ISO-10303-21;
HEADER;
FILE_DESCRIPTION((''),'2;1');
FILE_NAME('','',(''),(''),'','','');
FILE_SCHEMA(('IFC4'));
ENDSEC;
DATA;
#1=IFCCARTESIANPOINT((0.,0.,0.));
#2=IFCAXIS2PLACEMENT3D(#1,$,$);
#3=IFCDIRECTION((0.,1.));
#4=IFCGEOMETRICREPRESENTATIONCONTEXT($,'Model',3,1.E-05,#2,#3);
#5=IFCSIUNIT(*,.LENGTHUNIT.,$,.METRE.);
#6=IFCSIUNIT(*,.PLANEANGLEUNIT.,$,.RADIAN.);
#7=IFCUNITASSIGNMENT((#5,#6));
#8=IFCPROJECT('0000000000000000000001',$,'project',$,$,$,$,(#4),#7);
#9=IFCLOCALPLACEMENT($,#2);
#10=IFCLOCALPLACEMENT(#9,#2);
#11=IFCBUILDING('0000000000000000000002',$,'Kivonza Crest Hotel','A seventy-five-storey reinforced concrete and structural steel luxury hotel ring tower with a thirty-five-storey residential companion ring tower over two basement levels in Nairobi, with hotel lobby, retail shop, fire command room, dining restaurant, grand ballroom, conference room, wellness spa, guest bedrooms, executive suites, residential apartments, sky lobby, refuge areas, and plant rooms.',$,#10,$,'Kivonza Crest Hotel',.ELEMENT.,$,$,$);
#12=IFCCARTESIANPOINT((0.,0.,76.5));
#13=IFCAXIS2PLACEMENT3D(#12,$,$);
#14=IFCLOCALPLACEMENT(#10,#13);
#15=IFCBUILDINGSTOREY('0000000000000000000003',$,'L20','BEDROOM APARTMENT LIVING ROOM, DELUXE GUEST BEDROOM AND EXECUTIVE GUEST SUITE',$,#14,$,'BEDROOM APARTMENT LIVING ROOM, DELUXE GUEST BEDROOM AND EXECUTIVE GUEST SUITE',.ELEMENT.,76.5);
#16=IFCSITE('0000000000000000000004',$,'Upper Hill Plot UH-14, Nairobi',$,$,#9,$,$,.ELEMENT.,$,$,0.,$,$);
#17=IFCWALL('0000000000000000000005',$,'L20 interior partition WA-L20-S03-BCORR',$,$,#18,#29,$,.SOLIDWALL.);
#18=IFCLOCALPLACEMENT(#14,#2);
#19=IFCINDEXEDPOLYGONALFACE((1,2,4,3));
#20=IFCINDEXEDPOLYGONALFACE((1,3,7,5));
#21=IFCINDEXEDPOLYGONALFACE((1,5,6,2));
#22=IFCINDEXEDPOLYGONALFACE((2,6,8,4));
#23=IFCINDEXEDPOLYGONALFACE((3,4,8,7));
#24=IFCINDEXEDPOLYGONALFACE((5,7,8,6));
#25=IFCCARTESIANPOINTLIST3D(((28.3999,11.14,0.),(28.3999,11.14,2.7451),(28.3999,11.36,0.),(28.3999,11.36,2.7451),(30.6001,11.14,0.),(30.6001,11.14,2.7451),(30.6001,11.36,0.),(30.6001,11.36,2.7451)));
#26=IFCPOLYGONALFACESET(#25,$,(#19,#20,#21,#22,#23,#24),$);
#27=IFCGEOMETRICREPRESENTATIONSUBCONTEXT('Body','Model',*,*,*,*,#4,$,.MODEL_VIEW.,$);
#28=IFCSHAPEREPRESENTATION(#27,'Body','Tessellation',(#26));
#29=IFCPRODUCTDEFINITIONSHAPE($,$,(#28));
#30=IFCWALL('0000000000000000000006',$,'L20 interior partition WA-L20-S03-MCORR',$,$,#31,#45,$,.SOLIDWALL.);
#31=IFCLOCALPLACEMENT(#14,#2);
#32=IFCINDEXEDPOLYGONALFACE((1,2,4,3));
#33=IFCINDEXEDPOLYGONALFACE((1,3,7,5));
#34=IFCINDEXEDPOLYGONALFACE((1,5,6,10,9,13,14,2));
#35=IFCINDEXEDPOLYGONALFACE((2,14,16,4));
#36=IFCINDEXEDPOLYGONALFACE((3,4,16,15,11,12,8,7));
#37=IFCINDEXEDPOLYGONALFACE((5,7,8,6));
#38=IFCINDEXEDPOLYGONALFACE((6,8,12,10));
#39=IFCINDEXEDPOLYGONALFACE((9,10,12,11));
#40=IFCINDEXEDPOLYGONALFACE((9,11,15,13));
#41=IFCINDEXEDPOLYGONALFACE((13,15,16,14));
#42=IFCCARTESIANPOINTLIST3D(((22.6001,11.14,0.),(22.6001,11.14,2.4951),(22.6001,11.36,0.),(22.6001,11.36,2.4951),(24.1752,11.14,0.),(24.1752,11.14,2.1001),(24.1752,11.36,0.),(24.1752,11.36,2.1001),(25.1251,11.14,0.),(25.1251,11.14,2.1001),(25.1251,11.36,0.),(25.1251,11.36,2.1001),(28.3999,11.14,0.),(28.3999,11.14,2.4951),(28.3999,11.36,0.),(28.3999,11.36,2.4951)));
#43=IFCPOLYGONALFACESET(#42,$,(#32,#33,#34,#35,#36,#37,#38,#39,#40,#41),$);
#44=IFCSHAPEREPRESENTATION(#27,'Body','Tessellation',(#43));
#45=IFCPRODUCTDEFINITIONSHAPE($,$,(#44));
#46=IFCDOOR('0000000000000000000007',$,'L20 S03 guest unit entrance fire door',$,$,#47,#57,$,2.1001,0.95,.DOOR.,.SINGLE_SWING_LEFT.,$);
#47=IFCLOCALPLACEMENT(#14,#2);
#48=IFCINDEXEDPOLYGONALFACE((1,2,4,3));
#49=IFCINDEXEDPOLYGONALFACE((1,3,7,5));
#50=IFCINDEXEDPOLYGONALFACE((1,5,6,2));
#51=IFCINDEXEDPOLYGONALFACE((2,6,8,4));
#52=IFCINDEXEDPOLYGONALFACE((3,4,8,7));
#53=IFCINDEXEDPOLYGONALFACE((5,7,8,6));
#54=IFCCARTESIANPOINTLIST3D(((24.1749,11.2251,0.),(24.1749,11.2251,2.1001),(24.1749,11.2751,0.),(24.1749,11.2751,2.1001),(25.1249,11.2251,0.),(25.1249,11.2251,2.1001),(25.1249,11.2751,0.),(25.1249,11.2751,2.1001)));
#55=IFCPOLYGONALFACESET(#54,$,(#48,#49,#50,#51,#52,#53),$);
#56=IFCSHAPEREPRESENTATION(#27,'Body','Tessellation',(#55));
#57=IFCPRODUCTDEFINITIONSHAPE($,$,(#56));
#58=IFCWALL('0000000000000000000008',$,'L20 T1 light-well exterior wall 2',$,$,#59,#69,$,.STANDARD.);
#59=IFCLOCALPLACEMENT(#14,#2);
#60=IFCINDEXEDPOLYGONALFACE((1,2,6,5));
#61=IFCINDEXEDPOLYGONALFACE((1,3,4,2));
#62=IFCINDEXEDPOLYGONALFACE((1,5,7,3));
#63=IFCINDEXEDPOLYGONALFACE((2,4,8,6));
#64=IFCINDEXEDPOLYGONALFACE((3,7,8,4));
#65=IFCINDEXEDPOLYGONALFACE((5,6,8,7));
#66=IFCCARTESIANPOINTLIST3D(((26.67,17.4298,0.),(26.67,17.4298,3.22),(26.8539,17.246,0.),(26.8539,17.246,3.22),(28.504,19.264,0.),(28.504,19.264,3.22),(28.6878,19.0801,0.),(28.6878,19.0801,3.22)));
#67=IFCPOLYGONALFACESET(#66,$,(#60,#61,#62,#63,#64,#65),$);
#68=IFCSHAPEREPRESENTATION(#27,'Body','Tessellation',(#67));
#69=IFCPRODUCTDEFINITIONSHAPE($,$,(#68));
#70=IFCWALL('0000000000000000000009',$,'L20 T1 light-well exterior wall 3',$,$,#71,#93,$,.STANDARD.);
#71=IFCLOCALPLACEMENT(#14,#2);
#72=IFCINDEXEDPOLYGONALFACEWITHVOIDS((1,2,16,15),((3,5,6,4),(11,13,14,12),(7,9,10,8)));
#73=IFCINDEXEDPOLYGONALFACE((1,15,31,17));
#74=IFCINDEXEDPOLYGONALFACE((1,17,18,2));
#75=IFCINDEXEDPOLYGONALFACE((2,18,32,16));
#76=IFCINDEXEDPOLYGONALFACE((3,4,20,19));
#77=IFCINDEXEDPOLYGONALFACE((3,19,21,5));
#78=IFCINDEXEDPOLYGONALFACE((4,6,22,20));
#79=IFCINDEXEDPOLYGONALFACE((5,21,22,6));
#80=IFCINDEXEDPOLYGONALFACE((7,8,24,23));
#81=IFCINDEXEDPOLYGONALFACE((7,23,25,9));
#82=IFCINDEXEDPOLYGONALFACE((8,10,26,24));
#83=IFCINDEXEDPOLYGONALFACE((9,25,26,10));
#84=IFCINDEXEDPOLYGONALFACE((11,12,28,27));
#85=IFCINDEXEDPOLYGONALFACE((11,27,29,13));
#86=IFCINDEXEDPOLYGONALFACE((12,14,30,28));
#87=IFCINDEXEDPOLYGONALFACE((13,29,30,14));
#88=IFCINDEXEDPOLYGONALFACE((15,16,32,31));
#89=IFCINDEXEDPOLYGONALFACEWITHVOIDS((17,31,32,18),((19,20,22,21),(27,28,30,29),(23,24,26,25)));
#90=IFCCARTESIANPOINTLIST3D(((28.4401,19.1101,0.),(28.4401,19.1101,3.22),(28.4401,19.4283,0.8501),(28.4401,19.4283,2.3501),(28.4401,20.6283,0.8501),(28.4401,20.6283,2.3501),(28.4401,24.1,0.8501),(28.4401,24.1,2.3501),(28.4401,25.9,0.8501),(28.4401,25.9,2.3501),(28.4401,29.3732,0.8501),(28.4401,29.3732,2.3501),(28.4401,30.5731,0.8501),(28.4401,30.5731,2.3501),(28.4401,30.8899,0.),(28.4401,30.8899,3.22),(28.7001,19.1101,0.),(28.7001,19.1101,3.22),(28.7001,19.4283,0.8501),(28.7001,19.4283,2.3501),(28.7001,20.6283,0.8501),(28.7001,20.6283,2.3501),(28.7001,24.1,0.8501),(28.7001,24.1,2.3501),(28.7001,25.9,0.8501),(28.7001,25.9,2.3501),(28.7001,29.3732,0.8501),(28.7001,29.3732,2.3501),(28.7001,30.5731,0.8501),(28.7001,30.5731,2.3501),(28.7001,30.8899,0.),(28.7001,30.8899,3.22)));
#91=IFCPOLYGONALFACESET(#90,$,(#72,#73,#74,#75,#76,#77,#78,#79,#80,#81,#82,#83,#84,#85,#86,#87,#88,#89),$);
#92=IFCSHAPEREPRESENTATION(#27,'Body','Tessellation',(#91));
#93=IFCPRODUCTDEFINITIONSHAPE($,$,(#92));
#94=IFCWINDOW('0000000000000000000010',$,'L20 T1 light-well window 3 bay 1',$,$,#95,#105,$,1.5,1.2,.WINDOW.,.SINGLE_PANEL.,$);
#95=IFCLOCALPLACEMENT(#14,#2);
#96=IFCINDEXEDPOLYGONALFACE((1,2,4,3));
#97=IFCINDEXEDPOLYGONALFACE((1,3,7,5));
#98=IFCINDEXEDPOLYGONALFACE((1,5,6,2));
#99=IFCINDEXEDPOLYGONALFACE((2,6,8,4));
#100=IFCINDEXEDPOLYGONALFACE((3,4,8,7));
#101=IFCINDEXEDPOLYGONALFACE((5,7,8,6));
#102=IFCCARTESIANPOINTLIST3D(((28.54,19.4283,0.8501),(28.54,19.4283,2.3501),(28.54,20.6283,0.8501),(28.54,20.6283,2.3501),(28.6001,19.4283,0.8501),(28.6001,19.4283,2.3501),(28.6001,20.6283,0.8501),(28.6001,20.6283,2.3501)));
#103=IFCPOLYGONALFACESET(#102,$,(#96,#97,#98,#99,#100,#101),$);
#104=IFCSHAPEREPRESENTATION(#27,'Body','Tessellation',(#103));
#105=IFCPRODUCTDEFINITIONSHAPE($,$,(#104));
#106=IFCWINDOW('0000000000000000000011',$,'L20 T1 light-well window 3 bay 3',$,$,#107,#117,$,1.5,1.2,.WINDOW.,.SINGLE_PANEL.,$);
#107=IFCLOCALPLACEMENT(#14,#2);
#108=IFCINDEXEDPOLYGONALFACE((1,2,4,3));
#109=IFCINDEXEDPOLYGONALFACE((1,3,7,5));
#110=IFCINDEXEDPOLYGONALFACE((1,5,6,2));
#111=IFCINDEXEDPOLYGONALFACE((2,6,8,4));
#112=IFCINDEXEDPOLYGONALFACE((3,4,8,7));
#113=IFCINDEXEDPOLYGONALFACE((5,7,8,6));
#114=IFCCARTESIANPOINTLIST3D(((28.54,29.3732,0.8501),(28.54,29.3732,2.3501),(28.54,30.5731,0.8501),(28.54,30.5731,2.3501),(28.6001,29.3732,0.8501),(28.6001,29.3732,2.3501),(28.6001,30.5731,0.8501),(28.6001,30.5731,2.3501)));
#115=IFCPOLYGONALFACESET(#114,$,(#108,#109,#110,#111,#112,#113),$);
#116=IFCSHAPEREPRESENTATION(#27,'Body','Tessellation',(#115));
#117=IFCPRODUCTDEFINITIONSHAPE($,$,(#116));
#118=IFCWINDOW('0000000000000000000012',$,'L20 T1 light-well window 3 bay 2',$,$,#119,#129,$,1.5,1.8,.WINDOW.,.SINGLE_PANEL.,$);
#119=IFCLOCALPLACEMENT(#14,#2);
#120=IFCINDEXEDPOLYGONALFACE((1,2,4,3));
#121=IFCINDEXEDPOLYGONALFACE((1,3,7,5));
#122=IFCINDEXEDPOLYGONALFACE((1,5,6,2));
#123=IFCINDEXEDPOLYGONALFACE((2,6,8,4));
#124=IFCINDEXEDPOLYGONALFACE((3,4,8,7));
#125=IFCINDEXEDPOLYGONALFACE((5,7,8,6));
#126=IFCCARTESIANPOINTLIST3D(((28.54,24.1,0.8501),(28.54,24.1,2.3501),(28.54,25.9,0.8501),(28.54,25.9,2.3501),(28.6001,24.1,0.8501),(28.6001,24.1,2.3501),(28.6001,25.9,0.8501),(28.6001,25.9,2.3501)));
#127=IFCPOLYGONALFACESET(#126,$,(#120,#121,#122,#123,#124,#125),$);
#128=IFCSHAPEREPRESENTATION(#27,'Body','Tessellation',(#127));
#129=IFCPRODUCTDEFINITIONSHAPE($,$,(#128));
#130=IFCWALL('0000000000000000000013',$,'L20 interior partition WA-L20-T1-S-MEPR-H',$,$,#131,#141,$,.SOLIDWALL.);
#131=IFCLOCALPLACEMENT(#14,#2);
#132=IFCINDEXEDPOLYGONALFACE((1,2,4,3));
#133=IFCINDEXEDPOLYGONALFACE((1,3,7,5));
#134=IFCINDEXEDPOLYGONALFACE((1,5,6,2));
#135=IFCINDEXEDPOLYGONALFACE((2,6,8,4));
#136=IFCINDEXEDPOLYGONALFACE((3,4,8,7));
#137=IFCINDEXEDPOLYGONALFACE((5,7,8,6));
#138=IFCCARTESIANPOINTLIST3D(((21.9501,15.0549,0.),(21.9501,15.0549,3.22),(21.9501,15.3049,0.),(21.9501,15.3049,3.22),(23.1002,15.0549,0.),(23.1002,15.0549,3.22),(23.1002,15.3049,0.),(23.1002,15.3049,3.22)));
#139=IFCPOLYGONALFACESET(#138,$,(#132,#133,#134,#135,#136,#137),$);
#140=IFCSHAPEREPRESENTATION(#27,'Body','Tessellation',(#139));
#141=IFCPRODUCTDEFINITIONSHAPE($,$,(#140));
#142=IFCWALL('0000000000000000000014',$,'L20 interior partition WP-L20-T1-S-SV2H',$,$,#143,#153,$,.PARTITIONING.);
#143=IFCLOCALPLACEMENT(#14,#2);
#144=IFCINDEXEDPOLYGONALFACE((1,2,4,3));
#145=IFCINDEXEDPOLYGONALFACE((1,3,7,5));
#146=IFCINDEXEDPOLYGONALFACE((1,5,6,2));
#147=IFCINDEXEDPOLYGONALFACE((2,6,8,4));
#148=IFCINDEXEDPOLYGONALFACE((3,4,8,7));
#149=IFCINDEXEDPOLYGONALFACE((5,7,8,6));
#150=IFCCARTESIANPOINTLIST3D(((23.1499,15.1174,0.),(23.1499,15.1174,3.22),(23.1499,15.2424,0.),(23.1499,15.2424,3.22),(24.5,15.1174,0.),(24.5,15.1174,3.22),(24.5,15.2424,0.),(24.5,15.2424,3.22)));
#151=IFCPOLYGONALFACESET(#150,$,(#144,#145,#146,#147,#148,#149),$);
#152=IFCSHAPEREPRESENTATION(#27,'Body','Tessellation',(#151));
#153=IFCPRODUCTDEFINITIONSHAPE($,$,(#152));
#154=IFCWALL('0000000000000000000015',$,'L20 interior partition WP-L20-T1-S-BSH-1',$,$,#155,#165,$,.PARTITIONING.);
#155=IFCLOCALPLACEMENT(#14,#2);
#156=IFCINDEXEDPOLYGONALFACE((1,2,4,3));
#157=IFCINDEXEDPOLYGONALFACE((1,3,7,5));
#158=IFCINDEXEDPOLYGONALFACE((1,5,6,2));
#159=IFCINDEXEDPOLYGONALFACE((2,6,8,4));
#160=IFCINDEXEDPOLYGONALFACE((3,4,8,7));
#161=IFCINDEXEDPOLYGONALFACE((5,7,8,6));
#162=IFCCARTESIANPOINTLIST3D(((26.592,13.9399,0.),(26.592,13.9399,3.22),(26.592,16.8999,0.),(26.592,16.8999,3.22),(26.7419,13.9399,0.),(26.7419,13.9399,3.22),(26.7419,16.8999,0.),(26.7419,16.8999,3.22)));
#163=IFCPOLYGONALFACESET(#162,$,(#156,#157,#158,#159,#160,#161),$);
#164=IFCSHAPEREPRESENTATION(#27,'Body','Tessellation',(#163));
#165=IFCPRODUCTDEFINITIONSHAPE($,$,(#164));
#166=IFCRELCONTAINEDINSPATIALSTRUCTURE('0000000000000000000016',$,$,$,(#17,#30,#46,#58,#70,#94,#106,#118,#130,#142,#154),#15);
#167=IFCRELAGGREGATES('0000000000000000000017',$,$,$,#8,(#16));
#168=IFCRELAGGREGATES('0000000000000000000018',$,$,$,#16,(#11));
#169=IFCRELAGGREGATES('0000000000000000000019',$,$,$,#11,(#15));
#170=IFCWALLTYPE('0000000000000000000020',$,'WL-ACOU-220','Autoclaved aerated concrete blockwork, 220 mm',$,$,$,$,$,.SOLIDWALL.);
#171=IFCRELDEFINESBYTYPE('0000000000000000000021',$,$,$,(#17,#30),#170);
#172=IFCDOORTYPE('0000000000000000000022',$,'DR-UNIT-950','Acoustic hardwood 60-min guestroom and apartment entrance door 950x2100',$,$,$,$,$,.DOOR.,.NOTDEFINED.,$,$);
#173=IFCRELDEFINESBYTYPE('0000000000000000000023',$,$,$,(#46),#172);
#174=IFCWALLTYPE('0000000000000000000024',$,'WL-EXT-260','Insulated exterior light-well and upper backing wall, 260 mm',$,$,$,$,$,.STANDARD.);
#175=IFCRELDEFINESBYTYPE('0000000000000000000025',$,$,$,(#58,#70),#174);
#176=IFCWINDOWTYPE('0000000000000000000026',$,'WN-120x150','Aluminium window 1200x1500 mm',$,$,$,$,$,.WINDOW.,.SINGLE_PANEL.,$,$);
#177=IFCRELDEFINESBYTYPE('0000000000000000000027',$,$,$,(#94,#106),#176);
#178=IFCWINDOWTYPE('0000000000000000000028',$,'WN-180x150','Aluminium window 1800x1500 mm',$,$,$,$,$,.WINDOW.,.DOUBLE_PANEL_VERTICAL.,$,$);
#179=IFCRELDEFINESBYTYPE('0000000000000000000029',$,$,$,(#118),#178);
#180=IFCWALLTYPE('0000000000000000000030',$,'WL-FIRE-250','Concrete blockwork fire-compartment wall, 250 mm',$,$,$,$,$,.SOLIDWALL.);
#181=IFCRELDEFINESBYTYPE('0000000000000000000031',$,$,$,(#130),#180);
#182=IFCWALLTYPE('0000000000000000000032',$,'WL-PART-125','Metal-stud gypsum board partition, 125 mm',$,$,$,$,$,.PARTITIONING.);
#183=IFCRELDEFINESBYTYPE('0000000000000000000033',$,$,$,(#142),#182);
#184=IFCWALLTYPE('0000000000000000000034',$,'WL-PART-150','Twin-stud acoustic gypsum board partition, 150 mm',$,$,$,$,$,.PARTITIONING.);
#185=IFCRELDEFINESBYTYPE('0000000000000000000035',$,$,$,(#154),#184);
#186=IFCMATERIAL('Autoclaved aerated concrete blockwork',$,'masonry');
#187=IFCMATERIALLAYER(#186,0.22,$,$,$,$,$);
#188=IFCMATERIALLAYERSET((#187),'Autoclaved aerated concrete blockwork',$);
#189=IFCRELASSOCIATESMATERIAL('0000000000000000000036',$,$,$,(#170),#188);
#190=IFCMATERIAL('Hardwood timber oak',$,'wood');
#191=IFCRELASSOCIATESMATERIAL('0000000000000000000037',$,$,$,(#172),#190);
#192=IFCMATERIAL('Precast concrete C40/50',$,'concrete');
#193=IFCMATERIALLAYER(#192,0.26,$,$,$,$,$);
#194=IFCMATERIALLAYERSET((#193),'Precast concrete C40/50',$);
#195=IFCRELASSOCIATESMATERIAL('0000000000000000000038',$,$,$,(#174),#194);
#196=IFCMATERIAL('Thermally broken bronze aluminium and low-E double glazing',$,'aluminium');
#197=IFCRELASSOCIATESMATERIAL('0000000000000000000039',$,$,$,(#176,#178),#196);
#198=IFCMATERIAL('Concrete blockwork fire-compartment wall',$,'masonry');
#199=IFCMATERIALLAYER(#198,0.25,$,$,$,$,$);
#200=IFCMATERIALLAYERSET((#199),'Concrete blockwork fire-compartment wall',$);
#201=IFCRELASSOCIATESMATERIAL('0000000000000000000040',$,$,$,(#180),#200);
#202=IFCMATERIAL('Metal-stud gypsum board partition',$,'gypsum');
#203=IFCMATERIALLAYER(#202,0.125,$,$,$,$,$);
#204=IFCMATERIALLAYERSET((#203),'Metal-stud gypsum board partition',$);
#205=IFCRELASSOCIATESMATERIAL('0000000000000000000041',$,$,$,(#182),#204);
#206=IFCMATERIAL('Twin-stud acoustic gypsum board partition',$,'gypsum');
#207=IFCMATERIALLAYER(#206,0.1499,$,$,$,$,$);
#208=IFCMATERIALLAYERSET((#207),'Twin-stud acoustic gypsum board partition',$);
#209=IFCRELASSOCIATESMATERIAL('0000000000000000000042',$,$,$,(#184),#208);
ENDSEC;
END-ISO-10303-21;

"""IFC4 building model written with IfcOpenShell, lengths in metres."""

from ifc_helpers import new_model, si_unit, direction, frame, frame_2d, origin, place, context, subcontext, project, spatial, rectangle, extrude, material, layer, layer_set, type_object, element, fill, save


model = new_model("IFC4")

# Units and contexts
model_context = context("Model", 3, precision=1e-05, world=origin(), true_north=direction((0.0, 1.0)))
body_context = subcontext(model_context, "Body", "Model", "MODEL_VIEW")
ifc_project = project(units=[si_unit("LENGTHUNIT", "METRE"), si_unit("PLANEANGLEUNIT", "RADIAN")], contexts=[model_context])

# Site, building, storey
site_placement = place(None, origin())
site = spatial("IfcSite", under=ifc_project, at=site_placement, Name="Upper Hill Plot UH-14, Nairobi", CompositionType="ELEMENT", RefElevation=0.0)
building_placement = place(site_placement, origin())
building = spatial("IfcBuilding", under=site, at=building_placement, Name="Kivonza Crest Hotel", Description="A seventy-five-storey reinforced concrete and structural steel luxury hotel ring tower with a thirty-five-storey residential companion ring tower over two basement levels in Nairobi, with hotel lobby, retail shop, fire command room, dining restaurant, grand ballroom, conference room, wellness spa, guest bedrooms, executive suites, residential apartments, sky lobby, refuge areas, and plant rooms.", LongName="Kivonza Crest Hotel", CompositionType="ELEMENT")
storey_placement = place(building_placement, frame((0.0, 0.0, 76.5)))
storey = spatial("IfcBuildingStorey", under=building, at=storey_placement, Name="L20", Description="BEDROOM APARTMENT LIVING ROOM, DELUXE GUEST BEDROOM AND EXECUTIVE GUEST SUITE", LongName="BEDROOM APARTMENT LIVING ROOM, DELUXE GUEST BEDROOM AND EXECUTIVE GUEST SUITE", CompositionType="ELEMENT", Elevation=76.5)

# Wall
ifc_material_1 = material(Name="Autoclaved aerated concrete blockwork", Category="masonry")
ifc_layer_1 = layer(ifc_material_1, 0.22)
ifc_layer_set_1 = layer_set([ifc_layer_1], Name="Autoclaved aerated concrete blockwork")
wall_type_1 = type_object("IfcWallType", Name="WL-ACOU-220", Description="Autoclaved aerated concrete blockwork, 220 mm", PredefinedType="SOLIDWALL", material=ifc_layer_set_1)
wall_1_placement = place(storey_placement, frame((28.3999, 11.25, 0.0), z_axis=(0.0, 0.0, 1.0), x_axis=(1.0, 0.0, 0.0)))
element("IfcWall", 1, at=wall_1_placement, inside=storey, type_object=wall_type_1, Name="L20 interior partition WA-L20-S03-BCORR", PredefinedType="SOLIDWALL", context=body_context, shape_type="SweptSolid", body=[
    extrude(rectangle(XDim=2.2002, YDim=0.22, at=frame_2d((1.1001, 0.0))), origin(), (0.0, 0.0, 1.0), 2.7451),
])

# Wall, opening, door
wall_2_placement = place(storey_placement, frame((22.6001, 11.25, 0.0), z_axis=(0.0, 0.0, 1.0), x_axis=(1.0, 0.0, 0.0)))
wall_2 = element("IfcWall", 2, at=wall_2_placement, inside=storey, type_object=wall_type_1, Name="L20 interior partition WA-L20-S03-MCORR", PredefinedType="SOLIDWALL", context=body_context, shape_type="SweptSolid", body=[
    extrude(rectangle(XDim=5.7998, YDim=0.22, at=frame_2d((2.8999, 0.0))), origin(), (0.0, 0.0, 1.0), 2.4951),
])
opening_1_placement = place(wall_2_placement, frame((1.575, 0.0, 0.0)))
opening_1 = element("IfcOpeningElement", 3, at=opening_1_placement, cuts=wall_2, PredefinedType="OPENING", context=body_context, shape_type="SweptSolid", body=[
    extrude(rectangle(XDim=0.95, YDim=2.1001, at=frame_2d((0.4751, 1.05))), frame((0.0, 0.1201, 0.0), z_axis=(0.0, -1.0, 0.0), x_axis=(1.0, 0.0, 0.0)), (0.0, 0.0, 1.0), 0.24),
])
ifc_material_2 = material(Name="Hardwood timber oak", Category="wood")
door_type_1 = type_object("IfcDoorType", Name="DR-UNIT-950", Description="Acoustic hardwood 60-min guestroom and apartment entrance door 950x2100", OperationType="NOTDEFINED", PredefinedType="DOOR", material=ifc_material_2)
door_1_placement = place(opening_1_placement, frame((0.95, 0.0, 0.0), z_axis=(0.0, 0.0, 1.0), x_axis=(-1.0, 0.0, 0.0)))
door_1 = element("IfcDoor", 4, at=door_1_placement, inside=storey, type_object=door_type_1, Name="L20 S03 guest unit entrance fire door", OperationType="SINGLE_SWING_LEFT", OverallHeight=2.1001, OverallWidth=0.95, PredefinedType="DOOR", context=body_context, shape_type="SweptSolid", body=[
    extrude(rectangle(XDim=0.95, YDim=2.1001, at=frame_2d((0.4751, 1.05))), frame((0.0, 0.0249, 0.0), z_axis=(0.0, -1.0, 0.0), x_axis=(1.0, 0.0, 0.0)), (0.0, 0.0, 1.0), 0.05),
])
fill(opening_1, door_1)

# Wall
ifc_material_3 = material(Name="Precast concrete C40/50", Category="concrete")
ifc_layer_2 = layer(ifc_material_3, 0.26)
ifc_layer_set_2 = layer_set([ifc_layer_2], Name="Precast concrete C40/50")
wall_type_2 = type_object("IfcWallType", Name="WL-EXT-260", Description="Insulated exterior light-well and upper backing wall, 260 mm", PredefinedType="STANDARD", material=ifc_layer_set_2)
wall_3_placement = place(storey_placement, frame((26.762, 17.3379, 0.0), z_axis=(0.0, 0.0, 1.0), x_axis=(0.70706, 0.707154, 0.0)))
element("IfcWall", 5, at=wall_3_placement, inside=storey, type_object=wall_type_2, Name="L20 T1 light-well exterior wall 2", PredefinedType="STANDARD", context=body_context, shape_type="SweptSolid", body=[
    extrude(rectangle(XDim=2.5938, YDim=0.26, at=frame_2d((1.2969, 0.0))), origin(), (0.0, 0.0, 1.0), 3.22),
])

# Wall, openings, windows
wall_4_placement = place(storey_placement, frame((28.5701, 19.1101, 0.0), z_axis=(0.0, 0.0, 1.0), x_axis=(0.0, 1.0, 0.0)))
wall_4 = element("IfcWall", 6, at=wall_4_placement, inside=storey, type_object=wall_type_2, Name="L20 T1 light-well exterior wall 3", PredefinedType="STANDARD", context=body_context, shape_type="SweptSolid", body=[
    extrude(rectangle(XDim=11.7798, YDim=0.26, at=frame_2d((5.8899, 0.0))), origin(), (0.0, 0.0, 1.0), 3.22),
])
opening_2_placement = place(wall_4_placement, frame((0.3181, 0.0, 0.8501)))
opening_2 = element("IfcOpeningElement", 7, at=opening_2_placement, cuts=wall_4, PredefinedType="OPENING", context=body_context, shape_type="SweptSolid", body=[
    extrude(rectangle(XDim=1.2, YDim=1.5, at=frame_2d((0.6001, 0.75))), frame((0.0, 0.1401, 0.0), z_axis=(0.0, -1.0, 0.0), x_axis=(1.0, 0.0, 0.0)), (0.0, 0.0, 1.0), 0.28),
])
opening_3_placement = place(wall_4_placement, frame((4.99, 0.0, 0.8501)))
opening_3 = element("IfcOpeningElement", 8, at=opening_3_placement, cuts=wall_4, PredefinedType="OPENING", context=body_context, shape_type="SweptSolid", body=[
    extrude(rectangle(XDim=1.8, YDim=1.5, at=frame_2d((0.8999, 0.75))), frame((0.0, 0.1401, 0.0), z_axis=(0.0, -1.0, 0.0), x_axis=(1.0, 0.0, 0.0)), (0.0, 0.0, 1.0), 0.28),
])
opening_4_placement = place(wall_4_placement, frame((10.2629, 0.0, 0.8501)))
opening_4 = element("IfcOpeningElement", 9, at=opening_4_placement, cuts=wall_4, PredefinedType="OPENING", context=body_context, shape_type="SweptSolid", body=[
    extrude(rectangle(XDim=1.2, YDim=1.5, at=frame_2d((0.6001, 0.75))), frame((0.0, 0.1401, 0.0), z_axis=(0.0, -1.0, 0.0), x_axis=(1.0, 0.0, 0.0)), (0.0, 0.0, 1.0), 0.28),
])
ifc_material_4 = material(Name="Thermally broken bronze aluminium and low-E double glazing", Category="aluminium")
window_type_1 = type_object("IfcWindowType", Name="WN-120x150", Description="Aluminium window 1200x1500 mm", PartitioningType="SINGLE_PANEL", PredefinedType="WINDOW", material=ifc_material_4)
window_1_placement = place(opening_2_placement, origin())
window_1 = element("IfcWindow", 10, at=window_1_placement, inside=storey, type_object=window_type_1, Name="L20 T1 light-well window 3 bay 1", OverallHeight=1.5, OverallWidth=1.2, PartitioningType="SINGLE_PANEL", PredefinedType="WINDOW", context=body_context, shape_type="SweptSolid", body=[
    extrude(rectangle(XDim=1.2, YDim=1.5, at=frame_2d((0.6001, 0.75))), frame((0.0, 0.03, 0.0), z_axis=(0.0, -1.0, 0.0), x_axis=(1.0, 0.0, 0.0)), (0.0, 0.0, 1.0), 0.0601),
])
fill(opening_2, window_1)
window_2_placement = place(opening_4_placement, origin())
window_2 = element("IfcWindow", 11, at=window_2_placement, inside=storey, type_object=window_type_1, Name="L20 T1 light-well window 3 bay 3", OverallHeight=1.5, OverallWidth=1.2, PartitioningType="SINGLE_PANEL", PredefinedType="WINDOW", context=body_context, shape_type="SweptSolid", body=[
    extrude(rectangle(XDim=1.2, YDim=1.5, at=frame_2d((0.6001, 0.75))), frame((0.0, 0.03, 0.0), z_axis=(0.0, -1.0, 0.0), x_axis=(1.0, 0.0, 0.0)), (0.0, 0.0, 1.0), 0.0601),
])
fill(opening_4, window_2)
window_type_2 = type_object("IfcWindowType", Name="WN-180x150", Description="Aluminium window 1800x1500 mm", PartitioningType="DOUBLE_PANEL_VERTICAL", PredefinedType="WINDOW", material=ifc_material_4)
window_3_placement = place(opening_3_placement, origin())
window_3 = element("IfcWindow", 12, at=window_3_placement, inside=storey, type_object=window_type_2, Name="L20 T1 light-well window 3 bay 2", OverallHeight=1.5, OverallWidth=1.8, PartitioningType="SINGLE_PANEL", PredefinedType="WINDOW", context=body_context, shape_type="SweptSolid", body=[
    extrude(rectangle(XDim=1.8, YDim=1.5, at=frame_2d((0.8999, 0.75))), frame((0.0, 0.03, 0.0), z_axis=(0.0, -1.0, 0.0), x_axis=(1.0, 0.0, 0.0)), (0.0, 0.0, 1.0), 0.0601),
])
fill(opening_3, window_3)

# Walls
ifc_material_5 = material(Name="Concrete blockwork fire-compartment wall", Category="masonry")
ifc_layer_3 = layer(ifc_material_5, 0.25)
ifc_layer_set_3 = layer_set([ifc_layer_3], Name="Concrete blockwork fire-compartment wall")
wall_type_3 = type_object("IfcWallType", Name="WL-FIRE-250", Description="Concrete blockwork fire-compartment wall, 250 mm", PredefinedType="SOLIDWALL", material=ifc_layer_set_3)
wall_5_placement = place(storey_placement, frame((21.95, 15.1799, 0.0), z_axis=(0.0, 0.0, 1.0), x_axis=(1.0, 0.0, 0.0)))
element("IfcWall", 13, at=wall_5_placement, inside=storey, type_object=wall_type_3, Name="L20 interior partition WA-L20-T1-S-MEPR-H", PredefinedType="SOLIDWALL", context=body_context, shape_type="SweptSolid", body=[
    extrude(rectangle(XDim=1.1501, YDim=0.25, at=frame_2d((0.5752, 0.0))), origin(), (0.0, 0.0, 1.0), 3.22),
])
ifc_material_6 = material(Name="Metal-stud gypsum board partition", Category="gypsum")
ifc_layer_4 = layer(ifc_material_6, 0.125)
ifc_layer_set_4 = layer_set([ifc_layer_4], Name="Metal-stud gypsum board partition")
wall_type_4 = type_object("IfcWallType", Name="WL-PART-125", Description="Metal-stud gypsum board partition, 125 mm", PredefinedType="PARTITIONING", material=ifc_layer_set_4)
wall_6_placement = place(storey_placement, frame((23.1499, 15.1799, 0.0), z_axis=(0.0, 0.0, 1.0), x_axis=(1.0, 0.0, 0.0)))
element("IfcWall", 14, at=wall_6_placement, inside=storey, type_object=wall_type_4, Name="L20 interior partition WP-L20-T1-S-SV2H", PredefinedType="PARTITIONING", context=body_context, shape_type="SweptSolid", body=[
    extrude(rectangle(XDim=1.3501, YDim=0.125, at=frame_2d((0.675, 0.0))), origin(), (0.0, 0.0, 1.0), 3.22),
])
ifc_material_7 = material(Name="Twin-stud acoustic gypsum board partition", Category="gypsum")
ifc_layer_5 = layer(ifc_material_7, 0.1499)
ifc_layer_set_5 = layer_set([ifc_layer_5], Name="Twin-stud acoustic gypsum board partition")
wall_type_5 = type_object("IfcWallType", Name="WL-PART-150", Description="Twin-stud acoustic gypsum board partition, 150 mm", PredefinedType="PARTITIONING", material=ifc_layer_set_5)
wall_7_placement = place(storey_placement, frame((26.667, 13.9399, 0.0), z_axis=(0.0, 0.0, 1.0), x_axis=(0.0, 1.0, 0.0)))
element("IfcWall", 15, at=wall_7_placement, inside=storey, type_object=wall_type_5, Name="L20 interior partition WP-L20-T1-S-BSH-1", PredefinedType="PARTITIONING", context=body_context, shape_type="SweptSolid", body=[
    extrude(rectangle(XDim=2.96, YDim=0.1499, at=frame_2d((1.48, 0.0))), origin(), (0.0, 0.0, 1.0), 3.22),
])

save(model, "model.ifc")
